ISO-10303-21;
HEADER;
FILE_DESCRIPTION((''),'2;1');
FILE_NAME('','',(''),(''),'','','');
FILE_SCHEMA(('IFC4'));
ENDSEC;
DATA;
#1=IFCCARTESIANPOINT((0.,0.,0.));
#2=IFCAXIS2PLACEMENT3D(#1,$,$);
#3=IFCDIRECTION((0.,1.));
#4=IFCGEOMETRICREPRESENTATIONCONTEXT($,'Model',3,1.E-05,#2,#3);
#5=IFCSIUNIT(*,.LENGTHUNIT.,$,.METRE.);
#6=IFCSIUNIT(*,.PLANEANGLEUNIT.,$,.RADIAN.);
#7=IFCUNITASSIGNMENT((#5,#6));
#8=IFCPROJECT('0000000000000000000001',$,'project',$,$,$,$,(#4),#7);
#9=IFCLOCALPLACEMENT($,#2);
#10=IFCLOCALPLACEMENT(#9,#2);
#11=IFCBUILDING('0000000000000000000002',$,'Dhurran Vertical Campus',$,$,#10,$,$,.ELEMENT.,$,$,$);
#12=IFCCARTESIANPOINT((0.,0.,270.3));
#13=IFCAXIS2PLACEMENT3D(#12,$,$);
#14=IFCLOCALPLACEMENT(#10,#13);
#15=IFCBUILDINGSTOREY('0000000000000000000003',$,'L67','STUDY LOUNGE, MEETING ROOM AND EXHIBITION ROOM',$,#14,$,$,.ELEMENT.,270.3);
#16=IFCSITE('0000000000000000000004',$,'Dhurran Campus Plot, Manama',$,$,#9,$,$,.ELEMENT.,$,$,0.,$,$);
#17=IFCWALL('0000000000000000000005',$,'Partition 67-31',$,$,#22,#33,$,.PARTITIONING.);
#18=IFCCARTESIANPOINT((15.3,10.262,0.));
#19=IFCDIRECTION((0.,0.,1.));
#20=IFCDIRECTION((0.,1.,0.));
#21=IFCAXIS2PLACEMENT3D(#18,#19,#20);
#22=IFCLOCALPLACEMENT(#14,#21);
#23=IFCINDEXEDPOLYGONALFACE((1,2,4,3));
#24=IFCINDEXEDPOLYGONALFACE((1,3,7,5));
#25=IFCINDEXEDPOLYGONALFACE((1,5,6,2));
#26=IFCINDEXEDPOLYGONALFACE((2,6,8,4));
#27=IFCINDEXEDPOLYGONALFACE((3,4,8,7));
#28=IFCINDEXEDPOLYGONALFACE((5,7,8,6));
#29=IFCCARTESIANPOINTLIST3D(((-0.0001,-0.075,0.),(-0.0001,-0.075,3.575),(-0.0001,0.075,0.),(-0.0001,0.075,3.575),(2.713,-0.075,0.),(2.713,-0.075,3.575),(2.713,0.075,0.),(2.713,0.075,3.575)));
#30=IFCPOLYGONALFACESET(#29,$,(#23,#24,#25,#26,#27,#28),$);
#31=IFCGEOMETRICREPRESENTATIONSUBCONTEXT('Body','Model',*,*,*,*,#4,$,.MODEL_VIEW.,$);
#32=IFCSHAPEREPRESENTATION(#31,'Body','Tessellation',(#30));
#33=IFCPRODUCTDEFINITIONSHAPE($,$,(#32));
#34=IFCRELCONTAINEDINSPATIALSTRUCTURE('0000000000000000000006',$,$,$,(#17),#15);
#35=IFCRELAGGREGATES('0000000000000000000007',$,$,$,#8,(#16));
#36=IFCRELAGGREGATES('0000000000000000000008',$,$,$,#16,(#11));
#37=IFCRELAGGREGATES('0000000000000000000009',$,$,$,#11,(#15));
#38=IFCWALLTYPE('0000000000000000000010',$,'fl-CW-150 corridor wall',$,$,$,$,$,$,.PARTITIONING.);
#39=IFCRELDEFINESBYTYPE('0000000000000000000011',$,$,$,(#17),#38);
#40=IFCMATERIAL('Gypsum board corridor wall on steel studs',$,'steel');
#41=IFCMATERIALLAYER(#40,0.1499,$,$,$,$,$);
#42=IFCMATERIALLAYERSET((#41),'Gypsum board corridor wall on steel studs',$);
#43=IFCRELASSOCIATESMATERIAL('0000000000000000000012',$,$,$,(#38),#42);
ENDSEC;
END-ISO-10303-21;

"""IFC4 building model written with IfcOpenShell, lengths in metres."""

from ifc_helpers import new_model, si_unit, direction, frame, frame_2d, origin, place, context, subcontext, project, spatial, rectangle, extrude, material, layer, layer_set, type_object, element, save


model = new_model("IFC4")

# Units and contexts
model_context = context("Model", 3, precision=1e-05, world=origin(), true_north=direction((0.0, 1.0)))
body_context = subcontext(model_context, "Body", "Model", "MODEL_VIEW")
ifc_project = project(units=[si_unit("LENGTHUNIT", "METRE"), si_unit("PLANEANGLEUNIT", "RADIAN")], contexts=[model_context])

# Site, building, storey
site_placement = place(None, origin())
site = spatial("IfcSite", under=ifc_project, at=site_placement, Name="Dhurran Campus Plot, Manama", CompositionType="ELEMENT", RefElevation=0.0)
building_placement = place(site_placement, origin())
building = spatial("IfcBuilding", under=site, at=building_placement, Name="Dhurran Vertical Campus", CompositionType="ELEMENT")
storey_placement = place(building_placement, frame((0.0, 0.0, 270.3)))
storey = spatial("IfcBuildingStorey", under=building, at=storey_placement, Name="L67", Description="STUDY LOUNGE, MEETING ROOM AND EXHIBITION ROOM", CompositionType="ELEMENT", Elevation=270.3)

# Shared definitions
ifc_material_1 = material(Name="Gypsum board corridor wall on steel studs", Category="steel")
ifc_layer_1 = layer(ifc_material_1, 0.1499)
ifc_layer_set_1 = layer_set([ifc_layer_1], Name="Gypsum board corridor wall on steel studs")
wall_type_1 = type_object("IfcWallType", Name="fl-CW-150 corridor wall", PredefinedType="PARTITIONING", material=ifc_layer_set_1)

# Wall
wall_1_placement = place(storey_placement, frame((15.3, 10.262, 0.0), z_axis=(0.0, 0.0, 1.0), x_axis=(0.0, 1.0, 0.0)))
element("IfcWall", 1, at=wall_1_placement, inside=storey, type_object=wall_type_1, Name="Partition 67-31", PredefinedType="PARTITIONING", context=body_context, shape_type="SweptSolid", body=[
    extrude(rectangle(XDim=2.7131, YDim=0.1499, at=frame_2d((1.3564, 0.0))), origin(), (0.0, 0.0, 1.0), 3.575),
])

save(model, "model.ifc")
